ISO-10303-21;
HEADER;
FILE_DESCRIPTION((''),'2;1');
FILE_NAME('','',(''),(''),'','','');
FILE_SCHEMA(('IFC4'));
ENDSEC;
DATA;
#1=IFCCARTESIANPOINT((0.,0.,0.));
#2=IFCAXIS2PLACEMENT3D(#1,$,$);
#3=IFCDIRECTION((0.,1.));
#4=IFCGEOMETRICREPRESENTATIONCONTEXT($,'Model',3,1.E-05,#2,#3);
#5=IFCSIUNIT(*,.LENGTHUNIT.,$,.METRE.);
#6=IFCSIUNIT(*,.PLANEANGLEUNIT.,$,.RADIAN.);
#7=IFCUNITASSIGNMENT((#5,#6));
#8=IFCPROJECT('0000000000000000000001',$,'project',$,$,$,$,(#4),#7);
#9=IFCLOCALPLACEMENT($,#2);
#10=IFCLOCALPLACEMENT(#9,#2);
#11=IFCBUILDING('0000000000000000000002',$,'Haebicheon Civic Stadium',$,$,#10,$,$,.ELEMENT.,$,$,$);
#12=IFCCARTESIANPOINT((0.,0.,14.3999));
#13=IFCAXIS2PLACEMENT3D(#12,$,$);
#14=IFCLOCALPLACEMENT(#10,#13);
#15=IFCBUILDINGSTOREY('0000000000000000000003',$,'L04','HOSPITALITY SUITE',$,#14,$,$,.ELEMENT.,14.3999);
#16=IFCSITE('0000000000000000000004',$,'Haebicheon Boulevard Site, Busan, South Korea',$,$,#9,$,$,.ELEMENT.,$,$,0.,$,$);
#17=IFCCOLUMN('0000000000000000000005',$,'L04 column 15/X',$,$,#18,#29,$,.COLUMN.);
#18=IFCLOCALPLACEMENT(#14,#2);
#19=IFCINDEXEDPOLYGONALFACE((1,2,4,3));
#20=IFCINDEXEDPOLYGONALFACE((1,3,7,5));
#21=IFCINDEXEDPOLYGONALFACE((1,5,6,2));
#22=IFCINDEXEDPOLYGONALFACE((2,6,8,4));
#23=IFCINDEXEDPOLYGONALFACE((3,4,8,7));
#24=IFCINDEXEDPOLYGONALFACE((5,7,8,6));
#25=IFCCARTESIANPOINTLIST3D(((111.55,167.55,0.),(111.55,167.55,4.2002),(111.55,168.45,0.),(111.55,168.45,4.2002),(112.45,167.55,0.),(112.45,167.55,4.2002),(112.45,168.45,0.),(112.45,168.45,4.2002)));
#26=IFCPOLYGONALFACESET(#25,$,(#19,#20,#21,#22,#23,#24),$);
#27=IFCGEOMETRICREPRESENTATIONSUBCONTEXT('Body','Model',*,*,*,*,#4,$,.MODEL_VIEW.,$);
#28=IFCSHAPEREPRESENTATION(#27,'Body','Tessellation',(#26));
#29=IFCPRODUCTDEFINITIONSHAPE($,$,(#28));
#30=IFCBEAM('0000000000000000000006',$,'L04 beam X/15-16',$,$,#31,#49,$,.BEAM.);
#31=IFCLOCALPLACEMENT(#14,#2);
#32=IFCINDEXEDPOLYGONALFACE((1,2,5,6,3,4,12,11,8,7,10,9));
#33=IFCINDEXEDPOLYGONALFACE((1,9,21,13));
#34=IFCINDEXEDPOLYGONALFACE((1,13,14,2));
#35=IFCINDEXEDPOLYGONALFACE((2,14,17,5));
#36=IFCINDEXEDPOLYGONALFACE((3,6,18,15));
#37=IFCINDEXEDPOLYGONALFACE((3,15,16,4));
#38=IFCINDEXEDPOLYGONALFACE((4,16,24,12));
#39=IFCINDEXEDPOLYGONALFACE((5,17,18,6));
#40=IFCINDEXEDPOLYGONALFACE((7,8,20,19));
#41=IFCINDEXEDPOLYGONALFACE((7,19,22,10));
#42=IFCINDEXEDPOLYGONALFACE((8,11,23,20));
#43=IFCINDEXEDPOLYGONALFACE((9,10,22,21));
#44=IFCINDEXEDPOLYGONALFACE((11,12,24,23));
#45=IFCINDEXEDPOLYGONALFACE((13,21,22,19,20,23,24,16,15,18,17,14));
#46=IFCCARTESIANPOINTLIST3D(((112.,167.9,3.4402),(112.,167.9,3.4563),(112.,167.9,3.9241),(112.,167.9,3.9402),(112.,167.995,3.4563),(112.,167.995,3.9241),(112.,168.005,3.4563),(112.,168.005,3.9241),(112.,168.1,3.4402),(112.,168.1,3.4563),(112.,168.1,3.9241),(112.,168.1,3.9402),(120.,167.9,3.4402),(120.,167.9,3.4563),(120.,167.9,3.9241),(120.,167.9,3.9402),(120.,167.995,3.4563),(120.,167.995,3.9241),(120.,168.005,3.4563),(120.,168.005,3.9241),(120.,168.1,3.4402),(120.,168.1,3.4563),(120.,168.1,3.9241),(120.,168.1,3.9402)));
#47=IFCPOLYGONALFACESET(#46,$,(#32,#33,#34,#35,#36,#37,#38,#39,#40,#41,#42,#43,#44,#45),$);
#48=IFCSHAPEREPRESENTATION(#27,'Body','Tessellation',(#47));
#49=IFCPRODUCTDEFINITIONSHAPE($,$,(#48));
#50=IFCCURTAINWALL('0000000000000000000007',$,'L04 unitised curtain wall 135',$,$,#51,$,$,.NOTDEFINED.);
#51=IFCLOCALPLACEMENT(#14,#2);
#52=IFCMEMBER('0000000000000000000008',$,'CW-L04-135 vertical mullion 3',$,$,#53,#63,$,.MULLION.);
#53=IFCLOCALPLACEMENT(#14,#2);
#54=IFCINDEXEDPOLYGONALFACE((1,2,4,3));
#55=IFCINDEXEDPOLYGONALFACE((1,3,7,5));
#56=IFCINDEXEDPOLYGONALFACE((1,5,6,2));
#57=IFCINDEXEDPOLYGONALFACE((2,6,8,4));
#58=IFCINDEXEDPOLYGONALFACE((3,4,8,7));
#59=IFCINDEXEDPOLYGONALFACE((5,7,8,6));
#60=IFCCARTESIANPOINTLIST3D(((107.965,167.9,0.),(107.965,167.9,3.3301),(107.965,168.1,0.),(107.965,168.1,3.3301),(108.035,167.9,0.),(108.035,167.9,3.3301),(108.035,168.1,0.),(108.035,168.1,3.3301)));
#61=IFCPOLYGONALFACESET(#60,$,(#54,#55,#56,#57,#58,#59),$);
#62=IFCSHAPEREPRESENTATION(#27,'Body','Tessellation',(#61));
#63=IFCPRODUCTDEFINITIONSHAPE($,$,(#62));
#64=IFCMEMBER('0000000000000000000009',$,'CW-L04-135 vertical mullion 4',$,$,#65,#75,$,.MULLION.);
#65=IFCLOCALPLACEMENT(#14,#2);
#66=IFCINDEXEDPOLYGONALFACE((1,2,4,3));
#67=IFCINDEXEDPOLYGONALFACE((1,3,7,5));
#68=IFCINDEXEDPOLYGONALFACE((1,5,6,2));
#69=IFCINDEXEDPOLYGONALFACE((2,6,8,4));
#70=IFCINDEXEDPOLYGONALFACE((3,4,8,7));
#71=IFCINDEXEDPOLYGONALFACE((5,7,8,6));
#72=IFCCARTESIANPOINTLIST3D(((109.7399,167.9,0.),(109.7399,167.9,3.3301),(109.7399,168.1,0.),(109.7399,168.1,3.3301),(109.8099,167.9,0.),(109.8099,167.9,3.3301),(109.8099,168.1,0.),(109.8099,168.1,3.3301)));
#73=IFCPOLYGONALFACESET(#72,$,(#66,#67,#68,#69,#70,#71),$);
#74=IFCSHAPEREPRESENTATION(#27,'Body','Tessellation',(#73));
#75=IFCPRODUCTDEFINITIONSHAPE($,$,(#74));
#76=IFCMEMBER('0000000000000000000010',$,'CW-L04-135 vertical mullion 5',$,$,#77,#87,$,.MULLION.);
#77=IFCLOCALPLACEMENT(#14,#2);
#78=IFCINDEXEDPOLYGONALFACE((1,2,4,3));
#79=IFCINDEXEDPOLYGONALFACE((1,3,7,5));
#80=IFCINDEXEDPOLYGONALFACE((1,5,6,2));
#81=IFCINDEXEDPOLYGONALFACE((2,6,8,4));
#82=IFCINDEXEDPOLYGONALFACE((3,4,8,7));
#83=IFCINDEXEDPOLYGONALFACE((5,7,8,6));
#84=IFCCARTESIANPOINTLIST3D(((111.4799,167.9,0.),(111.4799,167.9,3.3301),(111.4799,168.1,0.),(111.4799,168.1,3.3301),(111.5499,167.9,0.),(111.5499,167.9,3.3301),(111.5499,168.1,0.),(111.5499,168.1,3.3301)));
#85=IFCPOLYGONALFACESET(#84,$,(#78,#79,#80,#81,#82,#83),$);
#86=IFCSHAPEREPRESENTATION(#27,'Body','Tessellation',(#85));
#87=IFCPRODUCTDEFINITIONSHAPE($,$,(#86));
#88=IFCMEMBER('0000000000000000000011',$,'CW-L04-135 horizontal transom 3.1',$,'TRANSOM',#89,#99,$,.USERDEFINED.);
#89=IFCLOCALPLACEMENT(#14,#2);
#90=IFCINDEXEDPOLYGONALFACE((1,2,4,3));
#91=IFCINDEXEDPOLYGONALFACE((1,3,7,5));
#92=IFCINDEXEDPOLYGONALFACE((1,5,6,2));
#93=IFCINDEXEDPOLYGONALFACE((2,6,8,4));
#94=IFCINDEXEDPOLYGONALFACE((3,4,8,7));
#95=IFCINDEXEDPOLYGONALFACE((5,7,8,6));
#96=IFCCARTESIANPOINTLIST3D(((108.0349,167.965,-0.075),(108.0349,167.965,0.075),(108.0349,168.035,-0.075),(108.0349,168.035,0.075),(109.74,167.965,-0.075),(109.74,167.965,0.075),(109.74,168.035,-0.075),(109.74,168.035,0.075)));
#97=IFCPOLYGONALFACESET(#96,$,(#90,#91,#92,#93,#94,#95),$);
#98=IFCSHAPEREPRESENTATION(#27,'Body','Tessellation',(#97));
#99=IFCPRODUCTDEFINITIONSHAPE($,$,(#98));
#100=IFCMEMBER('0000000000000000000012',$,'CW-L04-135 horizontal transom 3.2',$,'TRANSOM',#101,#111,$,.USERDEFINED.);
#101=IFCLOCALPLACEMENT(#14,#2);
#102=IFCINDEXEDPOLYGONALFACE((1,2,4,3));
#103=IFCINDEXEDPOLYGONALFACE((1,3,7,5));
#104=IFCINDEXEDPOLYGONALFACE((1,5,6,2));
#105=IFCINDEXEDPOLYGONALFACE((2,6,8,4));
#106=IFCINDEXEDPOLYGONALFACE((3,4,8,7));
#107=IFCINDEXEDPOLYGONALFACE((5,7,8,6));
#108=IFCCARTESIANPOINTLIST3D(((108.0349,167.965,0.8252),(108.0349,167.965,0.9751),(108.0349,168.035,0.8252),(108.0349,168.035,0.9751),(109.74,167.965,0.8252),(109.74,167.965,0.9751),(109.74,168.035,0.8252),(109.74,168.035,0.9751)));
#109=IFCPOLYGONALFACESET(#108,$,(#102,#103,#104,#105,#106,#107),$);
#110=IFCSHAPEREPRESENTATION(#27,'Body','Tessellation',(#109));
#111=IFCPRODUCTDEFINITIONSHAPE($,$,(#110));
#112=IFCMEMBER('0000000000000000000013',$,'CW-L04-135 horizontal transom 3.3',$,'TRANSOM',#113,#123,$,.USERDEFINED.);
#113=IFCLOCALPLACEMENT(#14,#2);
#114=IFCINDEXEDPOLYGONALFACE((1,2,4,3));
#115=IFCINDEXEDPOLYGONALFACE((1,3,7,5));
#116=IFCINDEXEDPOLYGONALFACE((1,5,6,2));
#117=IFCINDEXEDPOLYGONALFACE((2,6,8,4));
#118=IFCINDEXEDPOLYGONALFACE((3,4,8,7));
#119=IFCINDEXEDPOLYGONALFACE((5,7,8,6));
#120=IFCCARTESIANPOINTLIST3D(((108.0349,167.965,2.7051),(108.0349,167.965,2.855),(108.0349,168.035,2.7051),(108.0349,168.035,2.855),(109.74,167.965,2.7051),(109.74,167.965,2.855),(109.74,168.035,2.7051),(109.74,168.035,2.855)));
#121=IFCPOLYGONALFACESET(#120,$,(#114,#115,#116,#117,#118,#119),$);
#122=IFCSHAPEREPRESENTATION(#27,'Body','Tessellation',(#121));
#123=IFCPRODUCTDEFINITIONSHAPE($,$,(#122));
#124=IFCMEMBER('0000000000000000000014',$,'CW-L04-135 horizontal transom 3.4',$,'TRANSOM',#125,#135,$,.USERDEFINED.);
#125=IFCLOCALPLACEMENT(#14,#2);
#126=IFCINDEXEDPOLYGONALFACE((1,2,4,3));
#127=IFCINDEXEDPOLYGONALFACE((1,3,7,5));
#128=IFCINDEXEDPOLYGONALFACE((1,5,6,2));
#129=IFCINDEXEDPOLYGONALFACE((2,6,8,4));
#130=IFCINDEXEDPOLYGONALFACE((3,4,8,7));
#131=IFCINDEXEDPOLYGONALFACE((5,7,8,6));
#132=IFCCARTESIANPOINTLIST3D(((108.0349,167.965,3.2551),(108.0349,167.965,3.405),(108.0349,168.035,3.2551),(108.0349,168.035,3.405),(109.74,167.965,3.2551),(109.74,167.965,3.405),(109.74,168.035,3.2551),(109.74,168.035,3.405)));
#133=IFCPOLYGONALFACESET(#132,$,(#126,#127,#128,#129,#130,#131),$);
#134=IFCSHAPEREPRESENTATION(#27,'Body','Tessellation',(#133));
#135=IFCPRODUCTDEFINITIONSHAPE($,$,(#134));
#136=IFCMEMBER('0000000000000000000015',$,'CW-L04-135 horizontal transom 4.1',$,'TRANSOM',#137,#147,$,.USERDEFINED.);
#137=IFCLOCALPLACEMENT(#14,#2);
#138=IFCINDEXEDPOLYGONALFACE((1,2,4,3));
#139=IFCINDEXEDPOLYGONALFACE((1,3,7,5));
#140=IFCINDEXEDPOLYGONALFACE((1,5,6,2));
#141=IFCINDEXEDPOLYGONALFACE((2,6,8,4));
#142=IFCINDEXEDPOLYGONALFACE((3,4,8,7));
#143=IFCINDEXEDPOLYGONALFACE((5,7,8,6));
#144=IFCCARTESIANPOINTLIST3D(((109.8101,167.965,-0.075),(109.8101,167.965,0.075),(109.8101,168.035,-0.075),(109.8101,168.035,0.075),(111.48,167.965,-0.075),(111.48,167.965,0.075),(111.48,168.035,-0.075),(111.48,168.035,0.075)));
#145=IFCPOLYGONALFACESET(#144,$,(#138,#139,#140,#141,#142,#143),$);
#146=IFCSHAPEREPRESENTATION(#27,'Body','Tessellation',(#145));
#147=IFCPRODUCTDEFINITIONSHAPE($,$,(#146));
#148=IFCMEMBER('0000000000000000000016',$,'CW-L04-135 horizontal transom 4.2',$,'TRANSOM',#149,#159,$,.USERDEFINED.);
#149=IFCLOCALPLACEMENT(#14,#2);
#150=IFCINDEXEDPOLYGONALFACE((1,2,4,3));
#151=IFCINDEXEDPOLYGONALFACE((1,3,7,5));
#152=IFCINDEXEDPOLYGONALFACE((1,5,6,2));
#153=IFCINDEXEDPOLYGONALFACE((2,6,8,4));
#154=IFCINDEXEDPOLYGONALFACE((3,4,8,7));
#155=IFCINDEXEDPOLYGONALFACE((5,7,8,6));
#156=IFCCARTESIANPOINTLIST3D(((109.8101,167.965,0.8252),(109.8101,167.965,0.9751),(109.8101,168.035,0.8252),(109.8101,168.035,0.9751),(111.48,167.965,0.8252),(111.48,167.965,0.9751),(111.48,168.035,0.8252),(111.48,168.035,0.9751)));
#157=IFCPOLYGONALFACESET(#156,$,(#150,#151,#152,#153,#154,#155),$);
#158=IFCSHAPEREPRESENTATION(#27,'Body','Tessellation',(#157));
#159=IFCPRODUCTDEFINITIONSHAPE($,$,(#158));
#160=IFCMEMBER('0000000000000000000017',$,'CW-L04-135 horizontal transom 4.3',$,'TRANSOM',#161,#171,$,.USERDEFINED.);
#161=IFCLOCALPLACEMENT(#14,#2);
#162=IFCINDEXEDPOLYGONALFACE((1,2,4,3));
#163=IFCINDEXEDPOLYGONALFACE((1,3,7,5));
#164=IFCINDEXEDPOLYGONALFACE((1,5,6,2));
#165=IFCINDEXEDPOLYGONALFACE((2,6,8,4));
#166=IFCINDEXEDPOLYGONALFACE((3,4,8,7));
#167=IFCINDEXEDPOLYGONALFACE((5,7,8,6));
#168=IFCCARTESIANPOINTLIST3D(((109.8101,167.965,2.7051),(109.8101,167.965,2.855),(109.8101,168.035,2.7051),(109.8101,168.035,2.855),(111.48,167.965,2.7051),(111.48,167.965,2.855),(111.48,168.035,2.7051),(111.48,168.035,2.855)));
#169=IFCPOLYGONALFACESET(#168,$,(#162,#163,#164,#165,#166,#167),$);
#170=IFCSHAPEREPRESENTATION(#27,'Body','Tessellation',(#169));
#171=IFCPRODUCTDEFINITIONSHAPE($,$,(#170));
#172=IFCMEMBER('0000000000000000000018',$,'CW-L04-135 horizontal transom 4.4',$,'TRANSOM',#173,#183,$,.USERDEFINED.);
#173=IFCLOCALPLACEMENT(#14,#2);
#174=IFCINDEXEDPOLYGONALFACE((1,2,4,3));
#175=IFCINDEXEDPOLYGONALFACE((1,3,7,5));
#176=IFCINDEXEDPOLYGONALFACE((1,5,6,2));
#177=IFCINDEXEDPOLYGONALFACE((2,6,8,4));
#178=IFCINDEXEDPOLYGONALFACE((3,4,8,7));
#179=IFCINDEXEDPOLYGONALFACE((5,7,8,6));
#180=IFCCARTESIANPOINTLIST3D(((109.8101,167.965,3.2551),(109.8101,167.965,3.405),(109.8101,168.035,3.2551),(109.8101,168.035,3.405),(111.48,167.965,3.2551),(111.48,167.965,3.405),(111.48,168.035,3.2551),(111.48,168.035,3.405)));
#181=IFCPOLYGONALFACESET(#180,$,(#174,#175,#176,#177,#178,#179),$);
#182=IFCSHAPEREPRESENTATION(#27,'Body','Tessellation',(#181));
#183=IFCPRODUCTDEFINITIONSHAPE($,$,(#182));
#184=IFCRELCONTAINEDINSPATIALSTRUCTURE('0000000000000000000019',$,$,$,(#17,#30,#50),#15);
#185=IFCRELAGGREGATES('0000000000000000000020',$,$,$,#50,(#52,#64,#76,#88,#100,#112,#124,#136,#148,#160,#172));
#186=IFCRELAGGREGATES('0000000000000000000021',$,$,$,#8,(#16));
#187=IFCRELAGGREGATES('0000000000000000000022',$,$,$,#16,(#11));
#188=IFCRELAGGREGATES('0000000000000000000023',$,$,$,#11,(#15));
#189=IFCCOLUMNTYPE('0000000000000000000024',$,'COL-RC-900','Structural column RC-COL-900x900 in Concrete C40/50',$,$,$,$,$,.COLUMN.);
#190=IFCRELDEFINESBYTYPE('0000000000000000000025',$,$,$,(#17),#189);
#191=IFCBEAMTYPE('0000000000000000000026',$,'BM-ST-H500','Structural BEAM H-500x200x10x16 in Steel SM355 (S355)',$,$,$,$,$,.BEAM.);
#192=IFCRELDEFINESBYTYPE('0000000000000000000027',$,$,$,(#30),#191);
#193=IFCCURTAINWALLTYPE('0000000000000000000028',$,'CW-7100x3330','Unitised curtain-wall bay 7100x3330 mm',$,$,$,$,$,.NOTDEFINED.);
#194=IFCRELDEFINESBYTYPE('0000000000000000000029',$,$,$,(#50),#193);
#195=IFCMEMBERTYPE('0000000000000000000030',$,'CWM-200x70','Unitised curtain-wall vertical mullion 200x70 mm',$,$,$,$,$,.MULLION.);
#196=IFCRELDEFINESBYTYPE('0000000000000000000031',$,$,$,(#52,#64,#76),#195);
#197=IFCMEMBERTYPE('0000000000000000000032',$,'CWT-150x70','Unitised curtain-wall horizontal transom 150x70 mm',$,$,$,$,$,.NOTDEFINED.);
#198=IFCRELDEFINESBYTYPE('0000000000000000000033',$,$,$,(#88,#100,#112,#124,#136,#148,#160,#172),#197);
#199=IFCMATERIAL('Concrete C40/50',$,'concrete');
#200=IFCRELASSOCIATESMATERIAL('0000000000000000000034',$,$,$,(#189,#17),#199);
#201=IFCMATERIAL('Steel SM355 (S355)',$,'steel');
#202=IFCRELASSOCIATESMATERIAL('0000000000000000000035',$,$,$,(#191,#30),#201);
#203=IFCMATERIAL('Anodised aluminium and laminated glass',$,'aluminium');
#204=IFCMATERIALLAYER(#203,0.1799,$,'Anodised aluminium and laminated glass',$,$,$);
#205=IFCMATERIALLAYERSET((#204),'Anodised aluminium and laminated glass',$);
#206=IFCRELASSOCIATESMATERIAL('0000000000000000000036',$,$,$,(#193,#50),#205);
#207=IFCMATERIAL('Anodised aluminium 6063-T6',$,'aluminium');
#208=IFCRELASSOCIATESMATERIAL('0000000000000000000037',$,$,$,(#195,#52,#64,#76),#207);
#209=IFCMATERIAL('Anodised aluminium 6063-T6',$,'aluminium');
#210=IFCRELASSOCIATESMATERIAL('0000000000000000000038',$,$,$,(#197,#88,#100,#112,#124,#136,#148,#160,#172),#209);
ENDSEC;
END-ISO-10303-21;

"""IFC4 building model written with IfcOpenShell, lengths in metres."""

from ifc_helpers import new_model, si_unit, direction, frame, origin, origin_2d, place, context, subcontext, project, spatial, rectangle, i_section, extrude, material, layer, layer_set, material_profile, profile_set, type_object, element, aggregate, save


model = new_model("IFC4")

# Units and contexts
model_context = context("Model", 3, precision=1e-05, world=origin(), true_north=direction((0.0, 1.0)))
body_context = subcontext(model_context, "Body", "Model", "MODEL_VIEW")
ifc_project = project(units=[si_unit("LENGTHUNIT", "METRE"), si_unit("PLANEANGLEUNIT", "RADIAN")], contexts=[model_context])

# Site, building, storey
site_placement = place(None, origin())
site = spatial("IfcSite", under=ifc_project, at=site_placement, Name="Haebicheon Boulevard Site, Busan, South Korea", CompositionType="ELEMENT", RefElevation=0.0)
building_placement = place(site_placement, origin())
building = spatial("IfcBuilding", under=site, at=building_placement, Name="Haebicheon Civic Stadium", CompositionType="ELEMENT")
storey_placement = place(building_placement, frame((0.0, 0.0, 14.3999)))
storey = spatial("IfcBuildingStorey", under=building, at=storey_placement, Name="L04", Description="HOSPITALITY SUITE", CompositionType="ELEMENT", Elevation=14.3999)

# Column
ifc_material_1 = material(Name="Concrete C40/50", Category="concrete")
ifc_material_profile_1 = material_profile(ifc_material_1, rectangle(XDim=0.8999, YDim=0.8999, at=origin_2d()), Name="RC-COL-900x900")
ifc_profile_set_1 = profile_set([ifc_material_profile_1], Name="Concrete C40/50")
column_type = type_object("IfcColumnType", Name="COL-RC-900", Description="Structural column RC-COL-900x900 in Concrete C40/50", PredefinedType="COLUMN", material=ifc_profile_set_1)
column_placement = place(storey_placement, frame((112.0, 168.0, 0.0), z_axis=(0.0, 0.0, 1.0), x_axis=(1.0, 0.0, 0.0)))
element("IfcColumn", 1, at=column_placement, inside=storey, type_object=column_type, material=ifc_profile_set_1, Name="L04 column 15/X", PredefinedType="COLUMN", context=body_context, shape_type="SweptSolid", body=[
    extrude(rectangle(XDim=0.8999, YDim=0.8999, at=origin_2d()), origin(), (0.0, 0.0, 1.0), 4.2002),
])

# Beam
ifc_material_2 = material(Name="Steel SM355 (S355)", Category="steel")
ifc_material_profile_2 = material_profile(ifc_material_2, i_section(OverallWidth=0.2, OverallDepth=0.5, WebThickness=0.01, FlangeThickness=0.0161, at=origin_2d()), Name="H-500x200x10x16")
ifc_profile_set_2 = profile_set([ifc_material_profile_2], Name="Steel SM355 (S355)")
beam_type_1 = type_object("IfcBeamType", Name="BM-ST-H500", Description="Structural BEAM H-500x200x10x16 in Steel SM355 (S355)", PredefinedType="BEAM", material=ifc_profile_set_2)
beam_1_placement = place(storey_placement, frame((112.0, 168.0, 3.6902), z_axis=(1.0, 0.0, 0.0), x_axis=(0.0, 1.0, 0.0)))
element("IfcBeam", 2, at=beam_1_placement, inside=storey, type_object=beam_type_1, material=ifc_profile_set_2, Name="L04 beam X/15-16", PredefinedType="BEAM", context=body_context, shape_type="SweptSolid", body=[
    extrude(i_section(OverallWidth=0.2, OverallDepth=0.5, WebThickness=0.01, FlangeThickness=0.0161, at=origin_2d()), origin(), (0.0, 0.0, 1.0), 8.0),
])

# Curtain wall, members
ifc_material_3 = material(Name="Anodised aluminium and laminated glass", Category="aluminium")
ifc_layer_1 = layer(ifc_material_3, 0.1799, Name="Anodised aluminium and laminated glass")
ifc_layer_set_1 = layer_set([ifc_layer_1], Name="Anodised aluminium and laminated glass")
curtain_wall_type = type_object("IfcCurtainWallType", Name="CW-7100x3330", Description="Unitised curtain-wall bay 7100x3330 mm", PredefinedType="NOTDEFINED", material=ifc_layer_set_1)
curtain_wall_placement = place(storey_placement, origin())
curtain_wall = element("IfcCurtainWall", 3, at=curtain_wall_placement, inside=storey, type_object=curtain_wall_type, material=ifc_layer_set_1, Name="L04 unitised curtain wall 135", PredefinedType="NOTDEFINED")
ifc_material_4 = material(Name="Anodised aluminium 6063-T6", Category="aluminium")
ifc_material_profile_3 = material_profile(ifc_material_4, rectangle(XDim=0.0701, YDim=0.2, at=origin_2d()), Name="ALU-MULL-70x200")
ifc_profile_set_3 = profile_set([ifc_material_profile_3], Name="Anodised aluminium 6063-T6")
member_type_1 = type_object("IfcMemberType", Name="CWM-200x70", Description="Unitised curtain-wall vertical mullion 200x70 mm", PredefinedType="MULLION", material=ifc_profile_set_3)
member_1_placement = place(storey_placement, frame((108.0, 168.0, 0.0), z_axis=(0.0, 0.0, 1.0), x_axis=(1.0, 0.0, 0.0)))
member_1 = element("IfcMember", 4, at=member_1_placement, type_object=member_type_1, material=ifc_profile_set_3, Name="CW-L04-135 vertical mullion 3", PredefinedType="MULLION", context=body_context, shape_type="SweptSolid", body=[
    extrude(rectangle(XDim=0.0701, YDim=0.2, at=origin_2d()), origin(), (0.0, 0.0, 1.0), 3.3301),
])
member_2_placement = place(storey_placement, frame((109.7749, 168.0, 0.0), z_axis=(0.0, 0.0, 1.0), x_axis=(1.0, 0.0, 0.0)))
member_2 = element("IfcMember", 5, at=member_2_placement, type_object=member_type_1, material=ifc_profile_set_3, Name="CW-L04-135 vertical mullion 4", PredefinedType="MULLION", context=body_context, shape_type="SweptSolid", body=[
    extrude(rectangle(XDim=0.0701, YDim=0.2, at=origin_2d()), origin(), (0.0, 0.0, 1.0), 3.3301),
])
member_3_placement = place(storey_placement, frame((111.5149, 168.0, 0.0), z_axis=(0.0, 0.0, 1.0), x_axis=(1.0, 0.0, 0.0)))
member_3 = element("IfcMember", 6, at=member_3_placement, type_object=member_type_1, material=ifc_profile_set_3, Name="CW-L04-135 vertical mullion 5", PredefinedType="MULLION", context=body_context, shape_type="SweptSolid", body=[
    extrude(rectangle(XDim=0.0701, YDim=0.2, at=origin_2d()), origin(), (0.0, 0.0, 1.0), 3.3301),
])
ifc_material_5 = material(Name="Anodised aluminium 6063-T6", Category="aluminium")
ifc_material_profile_4 = material_profile(ifc_material_5, rectangle(XDim=0.0701, YDim=0.1499, at=origin_2d()), Name="ALU-TRAN-70x150")
ifc_profile_set_4 = profile_set([ifc_material_profile_4], Name="Anodised aluminium 6063-T6")
member_type_2 = type_object("IfcMemberType", Name="CWT-150x70", Description="Unitised curtain-wall horizontal transom 150x70 mm", PredefinedType="NOTDEFINED", material=ifc_profile_set_4)
member_4_placement = place(storey_placement, frame((108.0349, 168.0, 0.0), z_axis=(1.0, 0.0, 0.0), x_axis=(0.0, 1.0, 0.0)))
member_4 = element("IfcMember", 7, at=member_4_placement, type_object=member_type_2, material=ifc_profile_set_4, Name="CW-L04-135 horizontal transom 3.1", ObjectType="TRANSOM", PredefinedType="USERDEFINED", context=body_context, shape_type="SweptSolid", body=[
    extrude(rectangle(XDim=0.0701, YDim=0.1499, at=origin_2d()), origin(), (0.0, 0.0, 1.0), 1.7051),
])
member_5_placement = place(storey_placement, frame((108.0349, 168.0, 0.9001), z_axis=(1.0, 0.0, 0.0), x_axis=(0.0, 1.0, 0.0)))
member_5 = element("IfcMember", 8, at=member_5_placement, type_object=member_type_2, material=ifc_profile_set_4, Name="CW-L04-135 horizontal transom 3.2", ObjectType="TRANSOM", PredefinedType="USERDEFINED", context=body_context, shape_type="SweptSolid", body=[
    extrude(rectangle(XDim=0.0701, YDim=0.1499, at=origin_2d()), origin(), (0.0, 0.0, 1.0), 1.7051),
])
member_6_placement = place(storey_placement, frame((108.0349, 168.0, 2.78), z_axis=(1.0, 0.0, 0.0), x_axis=(0.0, 1.0, 0.0)))
member_6 = element("IfcMember", 9, at=member_6_placement, type_object=member_type_2, material=ifc_profile_set_4, Name="CW-L04-135 horizontal transom 3.3", ObjectType="TRANSOM", PredefinedType="USERDEFINED", context=body_context, shape_type="SweptSolid", body=[
    extrude(rectangle(XDim=0.0701, YDim=0.1499, at=origin_2d()), origin(), (0.0, 0.0, 1.0), 1.7051),
])
member_7_placement = place(storey_placement, frame((108.0349, 168.0, 3.3301), z_axis=(1.0, 0.0, 0.0), x_axis=(0.0, 1.0, 0.0)))
member_7 = element("IfcMember", 10, at=member_7_placement, type_object=member_type_2, material=ifc_profile_set_4, Name="CW-L04-135 horizontal transom 3.4", ObjectType="TRANSOM", PredefinedType="USERDEFINED", context=body_context, shape_type="SweptSolid", body=[
    extrude(rectangle(XDim=0.0701, YDim=0.1499, at=origin_2d()), origin(), (0.0, 0.0, 1.0), 1.7051),
])
member_8_placement = place(storey_placement, frame((109.8101, 168.0, 0.0), z_axis=(1.0, 0.0, 0.0), x_axis=(0.0, 1.0, 0.0)))
member_8 = element("IfcMember", 11, at=member_8_placement, type_object=member_type_2, material=ifc_profile_set_4, Name="CW-L04-135 horizontal transom 4.1", ObjectType="TRANSOM", PredefinedType="USERDEFINED", context=body_context, shape_type="SweptSolid", body=[
    extrude(rectangle(XDim=0.0701, YDim=0.1499, at=origin_2d()), origin(), (0.0, 0.0, 1.0), 1.6699),
])
member_9_placement = place(storey_placement, frame((109.8101, 168.0, 0.9001), z_axis=(1.0, 0.0, 0.0), x_axis=(0.0, 1.0, 0.0)))
member_9 = element("IfcMember", 12, at=member_9_placement, type_object=member_type_2, material=ifc_profile_set_4, Name="CW-L04-135 horizontal transom 4.2", ObjectType="TRANSOM", PredefinedType="USERDEFINED", context=body_context, shape_type="SweptSolid", body=[
    extrude(rectangle(XDim=0.0701, YDim=0.1499, at=origin_2d()), origin(), (0.0, 0.0, 1.0), 1.6699),
])
member_10_placement = place(storey_placement, frame((109.8101, 168.0, 2.78), z_axis=(1.0, 0.0, 0.0), x_axis=(0.0, 1.0, 0.0)))
member_10 = element("IfcMember", 13, at=member_10_placement, type_object=member_type_2, material=ifc_profile_set_4, Name="CW-L04-135 horizontal transom 4.3", ObjectType="TRANSOM", PredefinedType="USERDEFINED", context=body_context, shape_type="SweptSolid", body=[
    extrude(rectangle(XDim=0.0701, YDim=0.1499, at=origin_2d()), origin(), (0.0, 0.0, 1.0), 1.6699),
])
member_11_placement = place(storey_placement, frame((109.8101, 168.0, 3.3301), z_axis=(1.0, 0.0, 0.0), x_axis=(0.0, 1.0, 0.0)))
member_11 = element("IfcMember", 14, at=member_11_placement, type_object=member_type_2, material=ifc_profile_set_4, Name="CW-L04-135 horizontal transom 4.4", ObjectType="TRANSOM", PredefinedType="USERDEFINED", context=body_context, shape_type="SweptSolid", body=[
    extrude(rectangle(XDim=0.0701, YDim=0.1499, at=origin_2d()), origin(), (0.0, 0.0, 1.0), 1.6699),
])

aggregate(curtain_wall, [member_1, member_2, member_3, member_4, member_5, member_6, member_7, member_8, member_9, member_10, member_11])

save(model, "model.ifc")
